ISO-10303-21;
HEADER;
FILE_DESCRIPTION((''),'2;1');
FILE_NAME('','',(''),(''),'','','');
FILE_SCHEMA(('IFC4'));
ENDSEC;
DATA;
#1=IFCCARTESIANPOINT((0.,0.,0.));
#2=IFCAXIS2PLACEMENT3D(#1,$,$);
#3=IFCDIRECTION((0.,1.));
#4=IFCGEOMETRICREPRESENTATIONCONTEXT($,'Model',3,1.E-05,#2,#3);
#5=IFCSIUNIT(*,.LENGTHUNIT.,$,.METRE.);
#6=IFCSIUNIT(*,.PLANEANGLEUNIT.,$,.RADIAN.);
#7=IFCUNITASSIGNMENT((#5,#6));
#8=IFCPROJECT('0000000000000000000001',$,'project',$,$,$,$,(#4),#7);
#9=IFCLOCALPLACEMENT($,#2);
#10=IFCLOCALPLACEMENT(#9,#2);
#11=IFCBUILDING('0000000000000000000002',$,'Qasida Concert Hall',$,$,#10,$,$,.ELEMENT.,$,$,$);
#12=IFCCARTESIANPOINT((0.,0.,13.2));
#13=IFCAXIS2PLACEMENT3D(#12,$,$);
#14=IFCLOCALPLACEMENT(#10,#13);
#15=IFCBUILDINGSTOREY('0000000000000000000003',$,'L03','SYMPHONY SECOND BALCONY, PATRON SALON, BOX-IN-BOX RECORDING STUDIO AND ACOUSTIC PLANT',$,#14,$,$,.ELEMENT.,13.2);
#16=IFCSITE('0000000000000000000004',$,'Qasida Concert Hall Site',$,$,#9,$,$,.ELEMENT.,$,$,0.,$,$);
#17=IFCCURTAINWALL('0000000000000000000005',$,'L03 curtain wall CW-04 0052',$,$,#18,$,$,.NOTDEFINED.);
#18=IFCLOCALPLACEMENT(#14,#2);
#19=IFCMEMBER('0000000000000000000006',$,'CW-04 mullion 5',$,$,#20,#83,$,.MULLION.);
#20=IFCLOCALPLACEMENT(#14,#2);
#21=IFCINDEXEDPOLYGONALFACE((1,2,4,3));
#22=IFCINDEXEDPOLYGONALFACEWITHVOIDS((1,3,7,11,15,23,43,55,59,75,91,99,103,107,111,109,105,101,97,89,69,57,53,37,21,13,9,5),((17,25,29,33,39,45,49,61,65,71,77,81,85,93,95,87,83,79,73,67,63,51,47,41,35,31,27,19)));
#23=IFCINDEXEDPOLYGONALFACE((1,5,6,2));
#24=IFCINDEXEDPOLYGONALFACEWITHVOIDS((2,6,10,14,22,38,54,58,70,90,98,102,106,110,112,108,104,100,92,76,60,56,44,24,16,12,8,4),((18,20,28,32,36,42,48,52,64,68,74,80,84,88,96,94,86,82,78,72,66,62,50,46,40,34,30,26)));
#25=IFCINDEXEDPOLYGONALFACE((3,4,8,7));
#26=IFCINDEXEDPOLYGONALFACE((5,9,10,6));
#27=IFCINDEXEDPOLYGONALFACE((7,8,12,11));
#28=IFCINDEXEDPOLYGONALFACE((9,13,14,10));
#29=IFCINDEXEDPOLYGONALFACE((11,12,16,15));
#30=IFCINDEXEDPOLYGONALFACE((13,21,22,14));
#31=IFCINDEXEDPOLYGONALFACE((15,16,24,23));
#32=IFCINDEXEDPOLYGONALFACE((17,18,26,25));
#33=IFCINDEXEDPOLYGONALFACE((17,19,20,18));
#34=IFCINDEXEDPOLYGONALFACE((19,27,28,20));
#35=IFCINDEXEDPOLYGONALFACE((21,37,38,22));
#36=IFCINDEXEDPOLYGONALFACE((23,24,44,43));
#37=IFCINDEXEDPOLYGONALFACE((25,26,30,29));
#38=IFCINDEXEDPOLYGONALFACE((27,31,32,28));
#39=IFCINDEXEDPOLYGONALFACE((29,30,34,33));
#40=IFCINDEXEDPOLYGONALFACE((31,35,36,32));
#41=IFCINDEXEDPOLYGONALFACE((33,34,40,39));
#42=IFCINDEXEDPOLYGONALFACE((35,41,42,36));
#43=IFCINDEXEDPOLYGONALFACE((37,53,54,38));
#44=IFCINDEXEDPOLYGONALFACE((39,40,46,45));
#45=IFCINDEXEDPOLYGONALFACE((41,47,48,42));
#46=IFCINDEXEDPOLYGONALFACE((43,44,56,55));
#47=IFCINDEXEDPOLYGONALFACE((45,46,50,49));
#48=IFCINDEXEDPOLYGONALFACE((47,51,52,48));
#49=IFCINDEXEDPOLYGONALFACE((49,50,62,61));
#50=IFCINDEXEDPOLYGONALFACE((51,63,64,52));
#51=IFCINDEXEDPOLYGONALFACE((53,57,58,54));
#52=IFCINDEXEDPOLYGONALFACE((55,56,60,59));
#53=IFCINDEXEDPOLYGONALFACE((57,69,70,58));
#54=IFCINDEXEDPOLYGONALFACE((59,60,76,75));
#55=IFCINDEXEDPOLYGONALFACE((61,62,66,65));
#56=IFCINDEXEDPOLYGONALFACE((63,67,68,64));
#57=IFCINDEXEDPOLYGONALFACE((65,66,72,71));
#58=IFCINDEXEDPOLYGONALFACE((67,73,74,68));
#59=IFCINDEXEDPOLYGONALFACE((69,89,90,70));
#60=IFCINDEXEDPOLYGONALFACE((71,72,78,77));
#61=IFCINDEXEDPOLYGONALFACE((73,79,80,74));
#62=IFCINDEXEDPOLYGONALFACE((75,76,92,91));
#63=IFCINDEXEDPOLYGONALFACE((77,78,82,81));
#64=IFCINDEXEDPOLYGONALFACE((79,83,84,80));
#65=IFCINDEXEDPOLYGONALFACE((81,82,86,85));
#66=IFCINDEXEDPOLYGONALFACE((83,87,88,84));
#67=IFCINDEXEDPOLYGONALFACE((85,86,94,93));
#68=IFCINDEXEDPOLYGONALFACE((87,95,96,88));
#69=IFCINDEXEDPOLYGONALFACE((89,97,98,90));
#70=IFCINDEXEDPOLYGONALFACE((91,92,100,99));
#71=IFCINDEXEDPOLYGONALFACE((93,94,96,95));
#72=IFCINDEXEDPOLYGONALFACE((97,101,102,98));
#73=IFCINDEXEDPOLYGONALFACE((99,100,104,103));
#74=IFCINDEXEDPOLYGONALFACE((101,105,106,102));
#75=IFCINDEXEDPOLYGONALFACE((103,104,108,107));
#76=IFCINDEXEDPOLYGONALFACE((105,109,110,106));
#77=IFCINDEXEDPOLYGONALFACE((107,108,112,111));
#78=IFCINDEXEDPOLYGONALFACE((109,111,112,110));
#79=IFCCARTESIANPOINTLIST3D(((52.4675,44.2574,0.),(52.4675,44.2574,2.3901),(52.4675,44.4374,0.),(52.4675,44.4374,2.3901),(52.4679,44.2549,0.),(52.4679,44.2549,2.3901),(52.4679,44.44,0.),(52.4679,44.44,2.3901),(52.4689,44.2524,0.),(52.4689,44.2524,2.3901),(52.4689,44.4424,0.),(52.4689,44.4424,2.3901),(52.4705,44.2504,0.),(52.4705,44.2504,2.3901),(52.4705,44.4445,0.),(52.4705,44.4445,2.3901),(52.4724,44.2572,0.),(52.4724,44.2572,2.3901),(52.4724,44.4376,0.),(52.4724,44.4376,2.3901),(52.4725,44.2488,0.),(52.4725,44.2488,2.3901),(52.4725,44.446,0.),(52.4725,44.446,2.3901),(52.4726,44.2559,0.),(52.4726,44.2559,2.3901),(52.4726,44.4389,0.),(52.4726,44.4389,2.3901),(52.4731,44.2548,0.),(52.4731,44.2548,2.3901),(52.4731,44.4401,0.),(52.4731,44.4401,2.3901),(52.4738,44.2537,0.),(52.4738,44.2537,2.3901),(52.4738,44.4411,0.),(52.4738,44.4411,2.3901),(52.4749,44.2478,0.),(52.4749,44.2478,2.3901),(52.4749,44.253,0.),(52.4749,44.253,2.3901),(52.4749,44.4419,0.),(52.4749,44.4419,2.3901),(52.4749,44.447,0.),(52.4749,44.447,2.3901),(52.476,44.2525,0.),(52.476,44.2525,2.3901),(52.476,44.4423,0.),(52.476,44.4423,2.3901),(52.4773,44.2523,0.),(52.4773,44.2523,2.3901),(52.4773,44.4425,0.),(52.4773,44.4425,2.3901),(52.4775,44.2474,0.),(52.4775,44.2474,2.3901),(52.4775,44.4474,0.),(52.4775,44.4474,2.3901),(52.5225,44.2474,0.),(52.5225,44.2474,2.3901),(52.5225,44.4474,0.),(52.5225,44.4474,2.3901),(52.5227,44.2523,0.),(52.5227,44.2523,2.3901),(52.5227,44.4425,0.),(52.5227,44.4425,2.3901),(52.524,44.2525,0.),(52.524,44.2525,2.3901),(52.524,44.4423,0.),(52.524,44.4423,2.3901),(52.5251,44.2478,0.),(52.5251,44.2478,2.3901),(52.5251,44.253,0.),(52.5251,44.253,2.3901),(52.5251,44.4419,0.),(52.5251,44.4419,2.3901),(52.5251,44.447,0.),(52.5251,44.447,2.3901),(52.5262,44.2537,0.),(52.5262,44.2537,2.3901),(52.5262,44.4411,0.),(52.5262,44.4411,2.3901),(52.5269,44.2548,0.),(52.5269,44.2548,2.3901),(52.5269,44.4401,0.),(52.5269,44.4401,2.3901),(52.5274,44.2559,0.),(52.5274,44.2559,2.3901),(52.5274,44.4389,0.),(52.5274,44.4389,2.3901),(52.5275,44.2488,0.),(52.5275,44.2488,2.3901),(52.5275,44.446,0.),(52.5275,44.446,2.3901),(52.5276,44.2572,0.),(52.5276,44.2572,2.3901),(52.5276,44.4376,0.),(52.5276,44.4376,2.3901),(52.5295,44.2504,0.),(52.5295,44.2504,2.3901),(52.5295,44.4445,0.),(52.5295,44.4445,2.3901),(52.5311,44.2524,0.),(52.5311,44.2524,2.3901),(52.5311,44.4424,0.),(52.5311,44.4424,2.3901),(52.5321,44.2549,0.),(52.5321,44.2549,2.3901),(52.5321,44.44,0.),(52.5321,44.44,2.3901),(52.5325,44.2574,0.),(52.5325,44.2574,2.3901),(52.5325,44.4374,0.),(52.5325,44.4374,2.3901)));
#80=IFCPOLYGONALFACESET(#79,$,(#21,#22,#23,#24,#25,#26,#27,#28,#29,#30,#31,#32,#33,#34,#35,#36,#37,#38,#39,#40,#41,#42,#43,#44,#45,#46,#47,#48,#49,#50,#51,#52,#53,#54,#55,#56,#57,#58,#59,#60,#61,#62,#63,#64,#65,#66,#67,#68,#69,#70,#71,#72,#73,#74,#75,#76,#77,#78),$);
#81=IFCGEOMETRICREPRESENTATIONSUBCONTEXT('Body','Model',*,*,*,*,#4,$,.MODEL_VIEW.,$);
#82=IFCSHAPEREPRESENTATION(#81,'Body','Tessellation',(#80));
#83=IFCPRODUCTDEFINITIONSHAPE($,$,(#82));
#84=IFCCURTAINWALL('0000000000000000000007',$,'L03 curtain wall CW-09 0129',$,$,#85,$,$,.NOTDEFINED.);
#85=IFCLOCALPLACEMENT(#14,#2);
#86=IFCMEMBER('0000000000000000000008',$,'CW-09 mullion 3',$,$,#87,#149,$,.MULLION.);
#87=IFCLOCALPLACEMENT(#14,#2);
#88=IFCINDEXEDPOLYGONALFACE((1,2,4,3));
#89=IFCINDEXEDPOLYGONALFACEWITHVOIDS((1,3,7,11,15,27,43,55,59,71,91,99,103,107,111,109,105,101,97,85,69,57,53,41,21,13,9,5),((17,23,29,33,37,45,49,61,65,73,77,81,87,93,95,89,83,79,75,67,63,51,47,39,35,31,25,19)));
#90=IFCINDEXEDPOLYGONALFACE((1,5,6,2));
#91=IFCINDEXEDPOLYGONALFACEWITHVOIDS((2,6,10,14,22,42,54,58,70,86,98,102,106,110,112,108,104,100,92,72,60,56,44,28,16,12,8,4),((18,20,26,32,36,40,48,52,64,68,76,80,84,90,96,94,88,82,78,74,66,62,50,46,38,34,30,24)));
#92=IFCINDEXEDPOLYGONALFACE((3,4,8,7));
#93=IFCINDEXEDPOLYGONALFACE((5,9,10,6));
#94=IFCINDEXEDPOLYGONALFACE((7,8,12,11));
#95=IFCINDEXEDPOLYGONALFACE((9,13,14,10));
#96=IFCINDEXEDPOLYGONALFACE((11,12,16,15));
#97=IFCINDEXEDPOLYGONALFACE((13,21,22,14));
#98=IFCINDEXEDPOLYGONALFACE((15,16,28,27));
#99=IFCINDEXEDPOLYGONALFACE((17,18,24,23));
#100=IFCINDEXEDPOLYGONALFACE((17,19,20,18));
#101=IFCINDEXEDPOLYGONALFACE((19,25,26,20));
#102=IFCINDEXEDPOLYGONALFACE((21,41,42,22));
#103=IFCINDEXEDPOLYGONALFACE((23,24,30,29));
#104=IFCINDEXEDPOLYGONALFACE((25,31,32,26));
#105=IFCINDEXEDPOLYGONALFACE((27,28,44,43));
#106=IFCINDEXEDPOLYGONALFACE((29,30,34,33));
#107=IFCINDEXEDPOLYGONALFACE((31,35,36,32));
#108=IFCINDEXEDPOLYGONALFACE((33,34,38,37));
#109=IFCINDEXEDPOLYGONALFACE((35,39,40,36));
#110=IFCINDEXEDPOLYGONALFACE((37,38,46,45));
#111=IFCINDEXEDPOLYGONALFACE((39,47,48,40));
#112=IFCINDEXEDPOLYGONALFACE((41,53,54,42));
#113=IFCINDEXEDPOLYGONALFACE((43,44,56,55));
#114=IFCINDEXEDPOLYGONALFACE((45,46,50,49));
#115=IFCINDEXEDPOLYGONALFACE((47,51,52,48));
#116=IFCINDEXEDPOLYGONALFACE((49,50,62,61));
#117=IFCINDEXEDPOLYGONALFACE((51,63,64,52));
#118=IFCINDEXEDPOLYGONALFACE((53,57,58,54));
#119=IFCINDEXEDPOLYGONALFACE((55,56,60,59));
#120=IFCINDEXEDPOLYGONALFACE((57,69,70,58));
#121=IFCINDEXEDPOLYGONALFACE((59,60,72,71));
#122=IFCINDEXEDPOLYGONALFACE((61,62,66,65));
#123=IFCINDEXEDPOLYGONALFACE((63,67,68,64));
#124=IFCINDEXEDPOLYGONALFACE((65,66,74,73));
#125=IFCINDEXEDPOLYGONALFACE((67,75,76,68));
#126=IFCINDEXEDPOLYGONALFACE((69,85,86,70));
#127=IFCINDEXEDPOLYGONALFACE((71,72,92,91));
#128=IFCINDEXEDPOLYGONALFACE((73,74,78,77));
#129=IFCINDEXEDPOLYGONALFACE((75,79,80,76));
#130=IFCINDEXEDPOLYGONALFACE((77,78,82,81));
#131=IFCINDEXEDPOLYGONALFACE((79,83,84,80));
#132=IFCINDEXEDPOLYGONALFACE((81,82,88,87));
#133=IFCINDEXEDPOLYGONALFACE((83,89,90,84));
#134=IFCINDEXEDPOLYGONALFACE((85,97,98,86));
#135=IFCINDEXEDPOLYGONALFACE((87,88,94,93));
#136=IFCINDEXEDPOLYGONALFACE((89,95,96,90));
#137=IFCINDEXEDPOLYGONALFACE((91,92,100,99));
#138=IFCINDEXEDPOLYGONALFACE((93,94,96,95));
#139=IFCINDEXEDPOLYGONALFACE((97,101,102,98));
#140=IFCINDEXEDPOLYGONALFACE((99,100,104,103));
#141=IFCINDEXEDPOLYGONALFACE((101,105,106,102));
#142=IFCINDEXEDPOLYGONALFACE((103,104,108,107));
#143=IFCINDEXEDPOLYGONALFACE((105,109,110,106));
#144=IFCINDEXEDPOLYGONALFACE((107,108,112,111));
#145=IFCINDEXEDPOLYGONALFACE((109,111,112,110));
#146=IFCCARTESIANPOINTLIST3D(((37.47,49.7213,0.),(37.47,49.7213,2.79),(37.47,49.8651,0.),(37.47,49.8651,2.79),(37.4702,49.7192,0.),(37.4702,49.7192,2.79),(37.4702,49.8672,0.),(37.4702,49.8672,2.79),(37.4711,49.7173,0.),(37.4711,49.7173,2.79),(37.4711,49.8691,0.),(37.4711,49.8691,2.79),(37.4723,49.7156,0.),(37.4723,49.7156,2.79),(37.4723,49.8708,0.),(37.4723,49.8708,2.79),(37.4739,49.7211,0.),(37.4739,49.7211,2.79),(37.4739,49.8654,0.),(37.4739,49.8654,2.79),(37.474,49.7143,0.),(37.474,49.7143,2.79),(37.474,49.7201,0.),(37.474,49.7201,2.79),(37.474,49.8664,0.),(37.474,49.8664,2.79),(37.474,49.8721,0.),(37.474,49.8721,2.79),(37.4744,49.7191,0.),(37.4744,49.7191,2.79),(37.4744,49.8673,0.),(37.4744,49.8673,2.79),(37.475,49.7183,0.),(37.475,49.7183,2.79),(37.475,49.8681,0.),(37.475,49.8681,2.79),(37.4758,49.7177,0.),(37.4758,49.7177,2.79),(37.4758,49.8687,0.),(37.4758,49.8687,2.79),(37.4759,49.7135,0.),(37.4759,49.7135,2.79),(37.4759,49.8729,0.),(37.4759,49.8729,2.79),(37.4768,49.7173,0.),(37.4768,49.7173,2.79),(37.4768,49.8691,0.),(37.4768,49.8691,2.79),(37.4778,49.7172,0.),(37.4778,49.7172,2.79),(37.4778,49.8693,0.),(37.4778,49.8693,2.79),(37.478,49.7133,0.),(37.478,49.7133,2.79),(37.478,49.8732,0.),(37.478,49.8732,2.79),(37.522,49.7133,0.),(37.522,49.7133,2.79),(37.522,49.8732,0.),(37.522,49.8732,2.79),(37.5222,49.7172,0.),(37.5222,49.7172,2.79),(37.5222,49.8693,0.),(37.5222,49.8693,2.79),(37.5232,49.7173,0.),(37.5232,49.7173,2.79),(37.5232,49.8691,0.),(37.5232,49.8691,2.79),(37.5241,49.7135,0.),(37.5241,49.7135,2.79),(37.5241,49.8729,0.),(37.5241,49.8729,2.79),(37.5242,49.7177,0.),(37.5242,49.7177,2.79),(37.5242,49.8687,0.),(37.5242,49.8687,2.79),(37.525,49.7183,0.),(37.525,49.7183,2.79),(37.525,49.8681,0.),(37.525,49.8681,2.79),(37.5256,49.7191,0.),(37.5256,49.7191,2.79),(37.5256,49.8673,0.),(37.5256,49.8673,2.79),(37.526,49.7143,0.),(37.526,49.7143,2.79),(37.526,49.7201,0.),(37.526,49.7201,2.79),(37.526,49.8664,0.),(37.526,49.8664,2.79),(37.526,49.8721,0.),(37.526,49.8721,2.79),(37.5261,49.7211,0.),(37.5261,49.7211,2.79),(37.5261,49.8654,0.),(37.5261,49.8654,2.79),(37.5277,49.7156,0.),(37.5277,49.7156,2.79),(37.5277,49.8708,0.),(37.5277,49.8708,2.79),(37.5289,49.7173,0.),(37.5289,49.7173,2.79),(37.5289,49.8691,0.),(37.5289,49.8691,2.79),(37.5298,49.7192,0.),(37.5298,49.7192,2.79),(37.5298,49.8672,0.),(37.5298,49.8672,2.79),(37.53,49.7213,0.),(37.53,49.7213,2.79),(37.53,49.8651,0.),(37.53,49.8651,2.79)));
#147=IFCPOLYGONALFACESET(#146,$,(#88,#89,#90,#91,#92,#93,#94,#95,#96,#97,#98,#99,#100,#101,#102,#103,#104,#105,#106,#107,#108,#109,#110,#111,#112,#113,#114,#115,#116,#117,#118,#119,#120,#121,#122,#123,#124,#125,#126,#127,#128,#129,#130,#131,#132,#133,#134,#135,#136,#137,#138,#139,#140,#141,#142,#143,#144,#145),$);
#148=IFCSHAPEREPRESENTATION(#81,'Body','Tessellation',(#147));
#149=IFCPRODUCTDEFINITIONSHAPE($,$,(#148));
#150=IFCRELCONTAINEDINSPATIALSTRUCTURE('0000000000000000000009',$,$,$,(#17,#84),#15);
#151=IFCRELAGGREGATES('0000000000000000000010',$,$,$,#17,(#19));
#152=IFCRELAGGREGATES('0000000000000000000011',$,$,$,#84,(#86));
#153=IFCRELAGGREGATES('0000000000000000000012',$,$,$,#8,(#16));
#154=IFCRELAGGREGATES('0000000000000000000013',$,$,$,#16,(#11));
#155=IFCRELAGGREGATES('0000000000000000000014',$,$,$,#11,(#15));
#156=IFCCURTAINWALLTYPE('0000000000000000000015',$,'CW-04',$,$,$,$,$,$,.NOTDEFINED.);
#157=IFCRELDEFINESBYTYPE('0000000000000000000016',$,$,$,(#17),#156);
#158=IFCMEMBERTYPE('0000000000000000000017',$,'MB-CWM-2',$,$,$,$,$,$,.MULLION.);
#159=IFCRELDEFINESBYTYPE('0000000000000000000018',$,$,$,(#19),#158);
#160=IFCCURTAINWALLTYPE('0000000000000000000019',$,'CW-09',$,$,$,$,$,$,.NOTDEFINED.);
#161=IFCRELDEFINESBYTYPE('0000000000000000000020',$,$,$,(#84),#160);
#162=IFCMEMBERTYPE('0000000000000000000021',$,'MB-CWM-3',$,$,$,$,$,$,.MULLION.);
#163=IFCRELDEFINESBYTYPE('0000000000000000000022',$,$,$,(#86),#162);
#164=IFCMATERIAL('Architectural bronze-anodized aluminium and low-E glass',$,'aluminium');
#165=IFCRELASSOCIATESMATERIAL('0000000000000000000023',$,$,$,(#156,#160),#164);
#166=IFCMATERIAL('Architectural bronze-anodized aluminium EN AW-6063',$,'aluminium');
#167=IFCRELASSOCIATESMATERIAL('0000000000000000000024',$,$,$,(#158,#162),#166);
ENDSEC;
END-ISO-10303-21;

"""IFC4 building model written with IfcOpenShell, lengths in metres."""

from ifc_helpers import new_model, si_unit, direction, frame, origin, origin_2d, place, context, subcontext, project, spatial, hollow_rectangle, extrude, material, material_profile, profile_set, type_object, element, aggregate, save


model = new_model("IFC4")

# Units and contexts
model_context = context("Model", 3, precision=1e-05, world=origin(), true_north=direction((0.0, 1.0)))
body_context = subcontext(model_context, "Body", "Model", "MODEL_VIEW")
ifc_project = project(units=[si_unit("LENGTHUNIT", "METRE"), si_unit("PLANEANGLEUNIT", "RADIAN")], contexts=[model_context])

# Site, building, storey
site_placement = place(None, origin())
site = spatial("IfcSite", under=ifc_project, at=site_placement, Name="Qasida Concert Hall Site", CompositionType="ELEMENT", RefElevation=0.0)
building_placement = place(site_placement, origin())
building = spatial("IfcBuilding", under=site, at=building_placement, Name="Qasida Concert Hall", CompositionType="ELEMENT")
storey_placement = place(building_placement, frame((0.0, 0.0, 13.2)))
storey = spatial("IfcBuildingStorey", under=building, at=storey_placement, Name="L03", Description="SYMPHONY SECOND BALCONY, PATRON SALON, BOX-IN-BOX RECORDING STUDIO AND ACOUSTIC PLANT", CompositionType="ELEMENT", Elevation=13.2)

# Curtain wall, member
ifc_material_1 = material(Name="Architectural bronze-anodized aluminium and low-E glass", Category="aluminium")
curtain_wall_type_1 = type_object("IfcCurtainWallType", Name="CW-04", PredefinedType="NOTDEFINED", material=ifc_material_1)
curtain_wall_1_placement = place(storey_placement, origin())
curtain_wall_1 = element("IfcCurtainWall", 1, at=curtain_wall_1_placement, inside=storey, type_object=curtain_wall_type_1, Name="L03 curtain wall CW-04 0052", PredefinedType="NOTDEFINED")
ifc_material_2 = material(Name="Architectural bronze-anodized aluminium EN AW-6063", Category="aluminium")
ifc_material_profile_1 = material_profile(ifc_material_2, hollow_rectangle(XDim=0.0649, YDim=0.2, WallThickness=0.0049, InnerFilletRadius=0.0049, OuterFilletRadius=0.01, at=origin_2d()), Name="CWM 200x65x5")
ifc_profile_set_1 = profile_set([ifc_material_profile_1], Name="Architectural bronze-anodized aluminium EN AW-6063")
member_type_1 = type_object("IfcMemberType", Name="MB-CWM-2", PredefinedType="MULLION", material=ifc_profile_set_1)
member_1_placement = place(storey_placement, frame((52.5, 44.3474, 0.0), z_axis=(0.0, 0.0, 1.0), x_axis=(-1.0, 0.0, 0.0)))
member_1 = element("IfcMember", 2, at=member_1_placement, type_object=member_type_1, Name="CW-04 mullion 5", PredefinedType="MULLION", context=body_context, shape_type="SweptSolid", body=[
    extrude(hollow_rectangle(XDim=0.0649, YDim=0.2, WallThickness=0.0049, InnerFilletRadius=0.0049, OuterFilletRadius=0.01, at=origin_2d()), origin(), (0.0, 0.0, 1.0), 2.3901),
])

# Curtain wall, member
curtain_wall_type_2 = type_object("IfcCurtainWallType", Name="CW-09", PredefinedType="NOTDEFINED", material=ifc_material_1)
curtain_wall_2_placement = place(storey_placement, origin())
curtain_wall_2 = element("IfcCurtainWall", 3, at=curtain_wall_2_placement, inside=storey, type_object=curtain_wall_type_2, Name="L03 curtain wall CW-09 0129", PredefinedType="NOTDEFINED")
ifc_material_profile_2 = material_profile(ifc_material_2, hollow_rectangle(XDim=0.0601, YDim=0.1599, WallThickness=0.0039, InnerFilletRadius=0.0039, OuterFilletRadius=0.0081, at=origin_2d()), Name="CWM 160x60x4")
ifc_profile_set_2 = profile_set([ifc_material_profile_2], Name="Architectural bronze-anodized aluminium EN AW-6063")
member_type_2 = type_object("IfcMemberType", Name="MB-CWM-3", PredefinedType="MULLION", material=ifc_profile_set_2)
member_2_placement = place(storey_placement, frame((37.5, 49.7932, 0.0), z_axis=(0.0, 0.0, 1.0), x_axis=(-1.0, 0.0, 0.0)))
member_2 = element("IfcMember", 4, at=member_2_placement, type_object=member_type_2, Name="CW-09 mullion 3", PredefinedType="MULLION", context=body_context, shape_type="SweptSolid", body=[
    extrude(hollow_rectangle(XDim=0.0601, YDim=0.1599, WallThickness=0.0039, InnerFilletRadius=0.0039, OuterFilletRadius=0.0081, at=origin_2d()), origin(), (0.0, 0.0, 1.0), 2.79),
])

aggregate(curtain_wall_1, [member_1])
aggregate(curtain_wall_2, [member_2])

save(model, "model.ifc")
